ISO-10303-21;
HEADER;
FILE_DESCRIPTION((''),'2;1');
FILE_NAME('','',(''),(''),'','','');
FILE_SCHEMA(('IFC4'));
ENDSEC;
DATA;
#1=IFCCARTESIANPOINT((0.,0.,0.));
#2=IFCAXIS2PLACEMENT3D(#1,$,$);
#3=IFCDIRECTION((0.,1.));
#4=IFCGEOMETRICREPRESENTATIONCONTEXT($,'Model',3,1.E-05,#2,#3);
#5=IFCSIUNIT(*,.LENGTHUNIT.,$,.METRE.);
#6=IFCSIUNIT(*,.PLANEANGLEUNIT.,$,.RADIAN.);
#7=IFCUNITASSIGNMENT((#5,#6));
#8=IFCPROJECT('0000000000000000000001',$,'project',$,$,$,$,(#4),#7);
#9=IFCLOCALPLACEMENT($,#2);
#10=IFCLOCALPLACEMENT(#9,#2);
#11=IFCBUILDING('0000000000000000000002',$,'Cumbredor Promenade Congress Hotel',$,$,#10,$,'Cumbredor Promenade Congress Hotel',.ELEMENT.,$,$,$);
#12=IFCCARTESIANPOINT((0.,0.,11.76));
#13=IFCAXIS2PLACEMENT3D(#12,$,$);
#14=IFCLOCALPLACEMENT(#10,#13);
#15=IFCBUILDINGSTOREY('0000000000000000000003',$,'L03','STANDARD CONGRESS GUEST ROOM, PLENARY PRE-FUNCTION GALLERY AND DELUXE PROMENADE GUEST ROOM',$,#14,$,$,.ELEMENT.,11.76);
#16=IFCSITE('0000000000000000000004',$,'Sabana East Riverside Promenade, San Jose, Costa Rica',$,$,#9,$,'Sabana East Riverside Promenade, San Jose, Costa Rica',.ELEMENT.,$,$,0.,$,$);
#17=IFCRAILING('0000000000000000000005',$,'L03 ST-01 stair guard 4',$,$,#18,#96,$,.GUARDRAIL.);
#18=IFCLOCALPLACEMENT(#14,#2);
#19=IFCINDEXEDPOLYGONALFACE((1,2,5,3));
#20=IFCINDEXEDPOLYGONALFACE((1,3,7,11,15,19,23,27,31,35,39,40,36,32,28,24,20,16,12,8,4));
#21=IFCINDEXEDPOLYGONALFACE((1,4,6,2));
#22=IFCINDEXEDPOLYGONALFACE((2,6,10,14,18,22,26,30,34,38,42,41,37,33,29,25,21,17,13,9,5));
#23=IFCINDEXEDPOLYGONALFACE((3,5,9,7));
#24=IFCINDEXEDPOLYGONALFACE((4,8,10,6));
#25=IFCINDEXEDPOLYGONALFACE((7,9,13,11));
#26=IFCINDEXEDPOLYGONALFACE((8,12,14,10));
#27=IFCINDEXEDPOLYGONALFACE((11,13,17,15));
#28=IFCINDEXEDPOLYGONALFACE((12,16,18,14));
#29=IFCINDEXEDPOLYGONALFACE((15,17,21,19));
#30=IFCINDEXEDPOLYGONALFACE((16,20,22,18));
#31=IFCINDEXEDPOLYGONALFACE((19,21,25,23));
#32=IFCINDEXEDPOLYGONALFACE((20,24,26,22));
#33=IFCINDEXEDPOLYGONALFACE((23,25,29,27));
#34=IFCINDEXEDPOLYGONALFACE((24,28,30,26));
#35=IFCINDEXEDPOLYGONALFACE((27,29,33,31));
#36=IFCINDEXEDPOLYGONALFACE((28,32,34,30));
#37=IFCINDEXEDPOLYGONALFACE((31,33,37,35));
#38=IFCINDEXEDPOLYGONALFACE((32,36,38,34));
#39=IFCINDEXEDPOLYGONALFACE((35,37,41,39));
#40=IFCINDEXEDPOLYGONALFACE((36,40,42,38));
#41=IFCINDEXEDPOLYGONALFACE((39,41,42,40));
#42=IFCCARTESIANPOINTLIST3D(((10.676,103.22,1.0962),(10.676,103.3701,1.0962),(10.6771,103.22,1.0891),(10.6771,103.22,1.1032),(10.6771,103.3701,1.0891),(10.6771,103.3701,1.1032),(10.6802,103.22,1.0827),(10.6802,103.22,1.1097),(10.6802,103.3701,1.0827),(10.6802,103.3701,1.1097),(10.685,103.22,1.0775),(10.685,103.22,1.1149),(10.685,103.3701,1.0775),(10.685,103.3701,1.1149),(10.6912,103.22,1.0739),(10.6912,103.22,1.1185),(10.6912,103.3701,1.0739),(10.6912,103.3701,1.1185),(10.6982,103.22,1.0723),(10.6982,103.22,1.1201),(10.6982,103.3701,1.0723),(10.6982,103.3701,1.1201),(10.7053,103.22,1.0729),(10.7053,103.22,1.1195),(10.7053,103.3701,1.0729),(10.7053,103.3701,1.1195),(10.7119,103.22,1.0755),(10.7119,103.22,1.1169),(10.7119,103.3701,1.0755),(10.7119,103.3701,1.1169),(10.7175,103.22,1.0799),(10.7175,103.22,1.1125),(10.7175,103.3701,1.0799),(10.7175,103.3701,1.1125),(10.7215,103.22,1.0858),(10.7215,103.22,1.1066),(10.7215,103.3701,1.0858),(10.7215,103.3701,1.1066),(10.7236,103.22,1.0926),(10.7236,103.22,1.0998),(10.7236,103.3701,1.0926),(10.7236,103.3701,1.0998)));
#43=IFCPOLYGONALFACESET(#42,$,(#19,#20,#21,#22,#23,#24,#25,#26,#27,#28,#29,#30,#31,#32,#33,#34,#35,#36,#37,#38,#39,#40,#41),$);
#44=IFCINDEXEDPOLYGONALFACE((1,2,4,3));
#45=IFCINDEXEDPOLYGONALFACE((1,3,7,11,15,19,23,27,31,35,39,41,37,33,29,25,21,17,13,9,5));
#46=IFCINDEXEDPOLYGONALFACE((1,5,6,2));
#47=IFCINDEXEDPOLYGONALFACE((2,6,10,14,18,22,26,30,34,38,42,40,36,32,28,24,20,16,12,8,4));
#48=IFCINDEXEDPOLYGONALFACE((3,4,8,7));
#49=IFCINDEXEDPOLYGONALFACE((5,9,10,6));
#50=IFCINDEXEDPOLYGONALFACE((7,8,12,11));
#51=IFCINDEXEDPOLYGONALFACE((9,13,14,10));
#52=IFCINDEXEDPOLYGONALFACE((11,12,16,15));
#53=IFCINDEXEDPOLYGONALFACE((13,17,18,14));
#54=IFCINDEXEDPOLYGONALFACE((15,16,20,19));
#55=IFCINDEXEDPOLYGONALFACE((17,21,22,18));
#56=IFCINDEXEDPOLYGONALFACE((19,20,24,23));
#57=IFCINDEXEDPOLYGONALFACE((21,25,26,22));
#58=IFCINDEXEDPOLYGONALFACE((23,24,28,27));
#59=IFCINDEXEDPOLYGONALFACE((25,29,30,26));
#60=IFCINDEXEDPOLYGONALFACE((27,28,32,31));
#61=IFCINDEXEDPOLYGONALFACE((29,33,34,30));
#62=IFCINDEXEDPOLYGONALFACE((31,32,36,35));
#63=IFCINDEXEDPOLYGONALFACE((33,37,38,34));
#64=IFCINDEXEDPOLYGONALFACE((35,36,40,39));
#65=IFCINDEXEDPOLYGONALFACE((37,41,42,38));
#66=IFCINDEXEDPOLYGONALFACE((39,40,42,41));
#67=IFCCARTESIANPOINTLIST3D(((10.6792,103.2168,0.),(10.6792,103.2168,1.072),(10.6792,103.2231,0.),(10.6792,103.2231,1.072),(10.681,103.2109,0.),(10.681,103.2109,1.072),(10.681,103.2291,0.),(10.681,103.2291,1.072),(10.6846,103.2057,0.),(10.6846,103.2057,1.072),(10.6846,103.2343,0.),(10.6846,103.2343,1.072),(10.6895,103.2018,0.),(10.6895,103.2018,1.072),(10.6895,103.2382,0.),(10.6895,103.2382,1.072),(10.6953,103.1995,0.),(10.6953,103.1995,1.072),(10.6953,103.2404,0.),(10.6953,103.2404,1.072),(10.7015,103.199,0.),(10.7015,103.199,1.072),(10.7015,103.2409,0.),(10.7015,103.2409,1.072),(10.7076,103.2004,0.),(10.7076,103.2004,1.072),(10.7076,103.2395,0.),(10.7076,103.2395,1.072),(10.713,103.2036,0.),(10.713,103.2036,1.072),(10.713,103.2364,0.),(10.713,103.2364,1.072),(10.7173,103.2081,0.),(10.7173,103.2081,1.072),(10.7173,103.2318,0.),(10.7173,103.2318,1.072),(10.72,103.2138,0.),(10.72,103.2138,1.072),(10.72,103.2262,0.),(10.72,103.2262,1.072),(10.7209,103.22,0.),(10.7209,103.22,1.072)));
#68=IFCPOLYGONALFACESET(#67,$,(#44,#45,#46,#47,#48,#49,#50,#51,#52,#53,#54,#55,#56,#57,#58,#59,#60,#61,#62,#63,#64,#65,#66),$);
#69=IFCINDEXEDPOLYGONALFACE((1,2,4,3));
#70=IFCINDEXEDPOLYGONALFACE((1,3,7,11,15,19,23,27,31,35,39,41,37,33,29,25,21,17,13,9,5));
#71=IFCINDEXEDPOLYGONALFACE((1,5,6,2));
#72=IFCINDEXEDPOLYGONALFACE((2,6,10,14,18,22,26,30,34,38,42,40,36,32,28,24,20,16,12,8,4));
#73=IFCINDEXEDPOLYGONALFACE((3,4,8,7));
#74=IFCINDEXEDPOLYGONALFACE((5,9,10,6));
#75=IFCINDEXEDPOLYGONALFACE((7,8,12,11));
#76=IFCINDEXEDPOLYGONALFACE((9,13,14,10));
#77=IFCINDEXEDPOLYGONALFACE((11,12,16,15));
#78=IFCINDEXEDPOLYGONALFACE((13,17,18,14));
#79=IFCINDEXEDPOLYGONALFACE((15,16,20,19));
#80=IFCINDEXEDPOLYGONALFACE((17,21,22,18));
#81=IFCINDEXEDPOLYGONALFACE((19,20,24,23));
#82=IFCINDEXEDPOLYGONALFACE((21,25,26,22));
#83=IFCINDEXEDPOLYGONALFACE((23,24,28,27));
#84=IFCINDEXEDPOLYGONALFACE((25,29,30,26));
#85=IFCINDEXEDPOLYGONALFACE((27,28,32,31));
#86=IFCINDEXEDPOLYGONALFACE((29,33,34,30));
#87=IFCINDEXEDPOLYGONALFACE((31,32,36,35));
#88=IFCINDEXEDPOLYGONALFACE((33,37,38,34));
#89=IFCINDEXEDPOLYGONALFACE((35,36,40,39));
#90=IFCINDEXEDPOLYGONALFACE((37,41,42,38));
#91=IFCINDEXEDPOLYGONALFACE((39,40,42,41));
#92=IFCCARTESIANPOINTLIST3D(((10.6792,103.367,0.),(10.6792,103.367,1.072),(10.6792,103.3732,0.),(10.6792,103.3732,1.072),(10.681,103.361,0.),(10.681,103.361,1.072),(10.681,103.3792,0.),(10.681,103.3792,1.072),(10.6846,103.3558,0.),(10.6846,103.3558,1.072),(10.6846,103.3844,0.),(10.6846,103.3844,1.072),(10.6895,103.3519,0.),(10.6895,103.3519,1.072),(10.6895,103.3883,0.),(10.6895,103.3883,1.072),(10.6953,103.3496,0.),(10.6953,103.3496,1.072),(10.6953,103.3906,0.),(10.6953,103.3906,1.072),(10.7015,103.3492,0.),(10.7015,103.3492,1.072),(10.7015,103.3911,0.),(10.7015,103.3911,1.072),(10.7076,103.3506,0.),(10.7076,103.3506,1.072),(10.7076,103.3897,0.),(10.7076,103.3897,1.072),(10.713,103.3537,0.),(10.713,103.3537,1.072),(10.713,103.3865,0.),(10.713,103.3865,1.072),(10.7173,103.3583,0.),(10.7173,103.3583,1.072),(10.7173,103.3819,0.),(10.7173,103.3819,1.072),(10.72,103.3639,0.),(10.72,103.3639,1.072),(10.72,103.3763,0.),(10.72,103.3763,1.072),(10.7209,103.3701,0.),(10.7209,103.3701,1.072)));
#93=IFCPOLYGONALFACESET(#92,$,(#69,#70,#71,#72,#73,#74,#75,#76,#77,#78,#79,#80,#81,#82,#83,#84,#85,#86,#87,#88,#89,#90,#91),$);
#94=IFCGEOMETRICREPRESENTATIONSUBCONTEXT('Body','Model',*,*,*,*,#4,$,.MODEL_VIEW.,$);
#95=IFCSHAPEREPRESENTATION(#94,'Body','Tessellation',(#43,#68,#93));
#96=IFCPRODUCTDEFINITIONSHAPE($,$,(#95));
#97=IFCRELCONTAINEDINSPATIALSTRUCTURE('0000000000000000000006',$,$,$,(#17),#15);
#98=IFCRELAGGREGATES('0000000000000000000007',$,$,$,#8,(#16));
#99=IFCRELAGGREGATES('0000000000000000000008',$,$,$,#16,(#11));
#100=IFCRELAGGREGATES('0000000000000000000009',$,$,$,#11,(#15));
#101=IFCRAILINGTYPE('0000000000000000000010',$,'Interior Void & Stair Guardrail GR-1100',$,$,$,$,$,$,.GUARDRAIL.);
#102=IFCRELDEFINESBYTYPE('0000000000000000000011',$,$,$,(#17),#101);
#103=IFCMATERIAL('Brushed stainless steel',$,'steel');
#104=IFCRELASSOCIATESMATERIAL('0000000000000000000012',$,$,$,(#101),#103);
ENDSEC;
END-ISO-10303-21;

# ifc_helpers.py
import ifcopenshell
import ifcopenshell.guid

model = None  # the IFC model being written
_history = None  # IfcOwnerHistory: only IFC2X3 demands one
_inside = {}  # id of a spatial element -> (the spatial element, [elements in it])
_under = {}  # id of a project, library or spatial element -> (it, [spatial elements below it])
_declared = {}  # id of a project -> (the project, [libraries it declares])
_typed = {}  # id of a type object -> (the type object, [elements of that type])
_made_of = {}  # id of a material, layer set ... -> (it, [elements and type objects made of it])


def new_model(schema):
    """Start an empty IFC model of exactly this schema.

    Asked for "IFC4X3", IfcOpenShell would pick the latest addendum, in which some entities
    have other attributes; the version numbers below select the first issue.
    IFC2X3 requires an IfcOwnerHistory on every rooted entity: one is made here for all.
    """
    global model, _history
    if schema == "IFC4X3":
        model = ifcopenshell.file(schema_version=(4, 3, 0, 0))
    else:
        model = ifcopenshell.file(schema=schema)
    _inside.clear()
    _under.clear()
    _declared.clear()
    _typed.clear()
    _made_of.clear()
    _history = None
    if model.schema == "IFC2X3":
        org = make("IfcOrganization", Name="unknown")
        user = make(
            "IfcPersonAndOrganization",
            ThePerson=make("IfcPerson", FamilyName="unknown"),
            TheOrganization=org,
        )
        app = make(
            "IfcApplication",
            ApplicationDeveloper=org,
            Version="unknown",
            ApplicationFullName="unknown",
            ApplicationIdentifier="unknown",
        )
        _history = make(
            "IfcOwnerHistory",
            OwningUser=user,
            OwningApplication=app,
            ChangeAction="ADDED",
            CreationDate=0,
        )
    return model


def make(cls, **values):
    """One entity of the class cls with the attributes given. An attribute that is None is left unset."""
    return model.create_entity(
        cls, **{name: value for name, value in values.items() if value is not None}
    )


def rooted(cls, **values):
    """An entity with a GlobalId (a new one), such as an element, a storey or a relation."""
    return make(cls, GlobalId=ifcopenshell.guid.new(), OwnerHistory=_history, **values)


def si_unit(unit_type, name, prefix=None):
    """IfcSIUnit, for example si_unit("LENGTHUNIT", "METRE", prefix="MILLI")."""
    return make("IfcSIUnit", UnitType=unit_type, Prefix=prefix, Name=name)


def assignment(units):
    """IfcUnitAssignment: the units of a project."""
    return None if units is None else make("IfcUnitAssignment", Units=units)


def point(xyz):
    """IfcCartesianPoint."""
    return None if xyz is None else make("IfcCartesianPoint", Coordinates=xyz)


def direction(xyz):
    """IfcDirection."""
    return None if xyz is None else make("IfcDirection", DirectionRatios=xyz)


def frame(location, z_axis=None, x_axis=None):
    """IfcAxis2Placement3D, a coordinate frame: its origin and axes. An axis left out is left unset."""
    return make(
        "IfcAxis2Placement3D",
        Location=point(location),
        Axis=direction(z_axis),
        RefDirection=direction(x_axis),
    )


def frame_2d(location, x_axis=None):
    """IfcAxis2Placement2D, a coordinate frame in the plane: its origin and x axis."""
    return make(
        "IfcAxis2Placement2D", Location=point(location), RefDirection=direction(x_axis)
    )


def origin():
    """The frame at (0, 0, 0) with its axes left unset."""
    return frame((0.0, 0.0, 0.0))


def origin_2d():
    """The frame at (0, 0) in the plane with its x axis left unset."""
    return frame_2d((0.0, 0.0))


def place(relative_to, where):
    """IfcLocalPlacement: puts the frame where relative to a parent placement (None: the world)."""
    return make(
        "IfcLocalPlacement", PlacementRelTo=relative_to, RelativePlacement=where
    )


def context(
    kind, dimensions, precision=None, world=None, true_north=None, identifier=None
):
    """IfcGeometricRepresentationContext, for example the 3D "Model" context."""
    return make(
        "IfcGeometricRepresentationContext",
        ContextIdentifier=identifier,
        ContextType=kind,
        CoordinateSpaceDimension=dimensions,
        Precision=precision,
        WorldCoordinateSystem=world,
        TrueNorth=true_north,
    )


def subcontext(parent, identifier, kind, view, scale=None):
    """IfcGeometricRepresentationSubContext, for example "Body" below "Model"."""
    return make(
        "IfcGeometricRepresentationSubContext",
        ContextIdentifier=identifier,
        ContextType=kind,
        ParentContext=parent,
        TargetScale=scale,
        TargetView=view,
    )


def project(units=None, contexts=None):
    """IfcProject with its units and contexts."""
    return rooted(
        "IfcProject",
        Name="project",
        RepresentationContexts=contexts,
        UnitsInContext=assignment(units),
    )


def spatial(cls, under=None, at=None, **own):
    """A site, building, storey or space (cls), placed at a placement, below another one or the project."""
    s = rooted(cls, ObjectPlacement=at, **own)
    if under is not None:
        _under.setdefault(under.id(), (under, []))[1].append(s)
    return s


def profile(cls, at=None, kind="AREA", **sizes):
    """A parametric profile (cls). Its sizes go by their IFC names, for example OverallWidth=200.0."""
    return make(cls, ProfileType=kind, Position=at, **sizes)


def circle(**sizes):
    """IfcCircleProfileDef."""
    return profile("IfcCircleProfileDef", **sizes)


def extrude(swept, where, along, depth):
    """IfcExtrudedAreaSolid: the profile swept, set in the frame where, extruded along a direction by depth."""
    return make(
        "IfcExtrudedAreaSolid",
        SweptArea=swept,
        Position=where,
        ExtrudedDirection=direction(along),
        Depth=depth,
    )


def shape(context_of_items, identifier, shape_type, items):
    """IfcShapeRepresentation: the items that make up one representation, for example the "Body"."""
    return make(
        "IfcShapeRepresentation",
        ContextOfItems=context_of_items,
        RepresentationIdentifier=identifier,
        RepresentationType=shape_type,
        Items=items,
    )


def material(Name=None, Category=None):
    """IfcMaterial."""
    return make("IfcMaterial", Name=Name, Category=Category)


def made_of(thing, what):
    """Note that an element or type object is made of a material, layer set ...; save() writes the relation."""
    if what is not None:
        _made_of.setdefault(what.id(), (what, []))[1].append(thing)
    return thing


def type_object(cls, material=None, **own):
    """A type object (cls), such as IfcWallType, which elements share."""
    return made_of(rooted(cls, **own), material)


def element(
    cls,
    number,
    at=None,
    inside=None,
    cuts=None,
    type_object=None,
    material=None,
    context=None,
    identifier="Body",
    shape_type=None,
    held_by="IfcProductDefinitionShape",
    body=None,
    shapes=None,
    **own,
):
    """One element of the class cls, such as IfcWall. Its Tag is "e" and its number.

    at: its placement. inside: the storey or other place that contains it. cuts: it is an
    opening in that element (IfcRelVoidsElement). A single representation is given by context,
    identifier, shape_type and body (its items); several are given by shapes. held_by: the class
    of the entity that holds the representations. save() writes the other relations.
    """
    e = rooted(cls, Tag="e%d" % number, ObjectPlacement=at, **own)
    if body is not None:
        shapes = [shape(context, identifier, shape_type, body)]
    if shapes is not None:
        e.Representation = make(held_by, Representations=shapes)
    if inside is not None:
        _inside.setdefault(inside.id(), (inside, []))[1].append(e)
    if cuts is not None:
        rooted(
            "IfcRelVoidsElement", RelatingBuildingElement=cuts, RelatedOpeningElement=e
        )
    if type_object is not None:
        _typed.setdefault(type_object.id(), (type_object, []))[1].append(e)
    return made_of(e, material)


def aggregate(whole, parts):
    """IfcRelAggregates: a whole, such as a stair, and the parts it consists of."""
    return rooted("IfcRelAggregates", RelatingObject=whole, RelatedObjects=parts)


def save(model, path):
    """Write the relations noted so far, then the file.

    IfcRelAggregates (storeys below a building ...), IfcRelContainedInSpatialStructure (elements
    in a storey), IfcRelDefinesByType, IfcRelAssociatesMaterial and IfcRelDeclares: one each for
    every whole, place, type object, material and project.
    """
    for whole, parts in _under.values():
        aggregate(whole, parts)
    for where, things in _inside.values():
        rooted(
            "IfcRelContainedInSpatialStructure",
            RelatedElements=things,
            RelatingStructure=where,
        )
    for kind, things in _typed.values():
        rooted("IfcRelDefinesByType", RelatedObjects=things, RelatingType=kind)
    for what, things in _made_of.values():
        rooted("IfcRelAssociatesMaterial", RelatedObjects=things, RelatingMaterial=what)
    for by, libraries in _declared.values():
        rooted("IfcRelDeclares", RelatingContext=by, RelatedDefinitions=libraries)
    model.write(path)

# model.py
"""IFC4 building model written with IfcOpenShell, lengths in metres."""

from ifc_helpers import new_model, si_unit, direction, frame, origin, origin_2d, place, context, subcontext, project, spatial, circle, extrude, material, type_object, element, save


model = new_model("IFC4")

# Units and contexts
model_context = context("Model", 3, precision=1e-05, world=origin(), true_north=direction((0.0, 1.0)))
body_context = subcontext(model_context, "Body", "Model", "MODEL_VIEW")
ifc_project = project(units=[si_unit("LENGTHUNIT", "METRE"), si_unit("PLANEANGLEUNIT", "RADIAN")], contexts=[model_context])

# Site, building, storey
site_placement = place(None, origin())
site = spatial("IfcSite", under=ifc_project, at=site_placement, Name="Sabana East Riverside Promenade, San Jose, Costa Rica", LongName="Sabana East Riverside Promenade, San Jose, Costa Rica", CompositionType="ELEMENT", RefElevation=0.0)
building_placement = place(site_placement, origin())
building = spatial("IfcBuilding", under=site, at=building_placement, Name="Cumbredor Promenade Congress Hotel", LongName="Cumbredor Promenade Congress Hotel", CompositionType="ELEMENT")
storey_placement = place(building_placement, frame((0.0, 0.0, 11.76)))
storey = spatial("IfcBuildingStorey", under=building, at=storey_placement, Name="L03", Description="STANDARD CONGRESS GUEST ROOM, PLENARY PRE-FUNCTION GALLERY AND DELUXE PROMENADE GUEST ROOM", CompositionType="ELEMENT", Elevation=11.76)

# Railing
ifc_material_1 = material(Name="Brushed stainless steel", Category="steel")
railing_type_1 = type_object("IfcRailingType", Name="Interior Void & Stair Guardrail GR-1100", PredefinedType="GUARDRAIL", material=ifc_material_1)
railing_1_placement = place(storey_placement, frame((10.7, 103.22, 0.0)))
element("IfcRailing", 1, at=railing_1_placement, inside=storey, type_object=railing_type_1, Name="L03 ST-01 stair guard 4", PredefinedType="GUARDRAIL", context=body_context, shape_type="SweptSolid", body=[
    extrude(circle(Radius=0.0239, at=origin_2d()), frame((0.0, 0.0, 1.0962), z_axis=(0.0, 1.0, 0.0), x_axis=(-1.0, 0.0, 0.0)), (0.0, 0.0, 1.0), 0.1501),
    extrude(circle(Radius=0.021, at=origin_2d()), origin(), (0.0, 0.0, 1.0), 1.072),
    extrude(circle(Radius=0.021, at=origin_2d()), frame((0.0, 0.1501, 0.0)), (0.0, 0.0, 1.0), 1.072),
])

save(model, "model.ifc")
